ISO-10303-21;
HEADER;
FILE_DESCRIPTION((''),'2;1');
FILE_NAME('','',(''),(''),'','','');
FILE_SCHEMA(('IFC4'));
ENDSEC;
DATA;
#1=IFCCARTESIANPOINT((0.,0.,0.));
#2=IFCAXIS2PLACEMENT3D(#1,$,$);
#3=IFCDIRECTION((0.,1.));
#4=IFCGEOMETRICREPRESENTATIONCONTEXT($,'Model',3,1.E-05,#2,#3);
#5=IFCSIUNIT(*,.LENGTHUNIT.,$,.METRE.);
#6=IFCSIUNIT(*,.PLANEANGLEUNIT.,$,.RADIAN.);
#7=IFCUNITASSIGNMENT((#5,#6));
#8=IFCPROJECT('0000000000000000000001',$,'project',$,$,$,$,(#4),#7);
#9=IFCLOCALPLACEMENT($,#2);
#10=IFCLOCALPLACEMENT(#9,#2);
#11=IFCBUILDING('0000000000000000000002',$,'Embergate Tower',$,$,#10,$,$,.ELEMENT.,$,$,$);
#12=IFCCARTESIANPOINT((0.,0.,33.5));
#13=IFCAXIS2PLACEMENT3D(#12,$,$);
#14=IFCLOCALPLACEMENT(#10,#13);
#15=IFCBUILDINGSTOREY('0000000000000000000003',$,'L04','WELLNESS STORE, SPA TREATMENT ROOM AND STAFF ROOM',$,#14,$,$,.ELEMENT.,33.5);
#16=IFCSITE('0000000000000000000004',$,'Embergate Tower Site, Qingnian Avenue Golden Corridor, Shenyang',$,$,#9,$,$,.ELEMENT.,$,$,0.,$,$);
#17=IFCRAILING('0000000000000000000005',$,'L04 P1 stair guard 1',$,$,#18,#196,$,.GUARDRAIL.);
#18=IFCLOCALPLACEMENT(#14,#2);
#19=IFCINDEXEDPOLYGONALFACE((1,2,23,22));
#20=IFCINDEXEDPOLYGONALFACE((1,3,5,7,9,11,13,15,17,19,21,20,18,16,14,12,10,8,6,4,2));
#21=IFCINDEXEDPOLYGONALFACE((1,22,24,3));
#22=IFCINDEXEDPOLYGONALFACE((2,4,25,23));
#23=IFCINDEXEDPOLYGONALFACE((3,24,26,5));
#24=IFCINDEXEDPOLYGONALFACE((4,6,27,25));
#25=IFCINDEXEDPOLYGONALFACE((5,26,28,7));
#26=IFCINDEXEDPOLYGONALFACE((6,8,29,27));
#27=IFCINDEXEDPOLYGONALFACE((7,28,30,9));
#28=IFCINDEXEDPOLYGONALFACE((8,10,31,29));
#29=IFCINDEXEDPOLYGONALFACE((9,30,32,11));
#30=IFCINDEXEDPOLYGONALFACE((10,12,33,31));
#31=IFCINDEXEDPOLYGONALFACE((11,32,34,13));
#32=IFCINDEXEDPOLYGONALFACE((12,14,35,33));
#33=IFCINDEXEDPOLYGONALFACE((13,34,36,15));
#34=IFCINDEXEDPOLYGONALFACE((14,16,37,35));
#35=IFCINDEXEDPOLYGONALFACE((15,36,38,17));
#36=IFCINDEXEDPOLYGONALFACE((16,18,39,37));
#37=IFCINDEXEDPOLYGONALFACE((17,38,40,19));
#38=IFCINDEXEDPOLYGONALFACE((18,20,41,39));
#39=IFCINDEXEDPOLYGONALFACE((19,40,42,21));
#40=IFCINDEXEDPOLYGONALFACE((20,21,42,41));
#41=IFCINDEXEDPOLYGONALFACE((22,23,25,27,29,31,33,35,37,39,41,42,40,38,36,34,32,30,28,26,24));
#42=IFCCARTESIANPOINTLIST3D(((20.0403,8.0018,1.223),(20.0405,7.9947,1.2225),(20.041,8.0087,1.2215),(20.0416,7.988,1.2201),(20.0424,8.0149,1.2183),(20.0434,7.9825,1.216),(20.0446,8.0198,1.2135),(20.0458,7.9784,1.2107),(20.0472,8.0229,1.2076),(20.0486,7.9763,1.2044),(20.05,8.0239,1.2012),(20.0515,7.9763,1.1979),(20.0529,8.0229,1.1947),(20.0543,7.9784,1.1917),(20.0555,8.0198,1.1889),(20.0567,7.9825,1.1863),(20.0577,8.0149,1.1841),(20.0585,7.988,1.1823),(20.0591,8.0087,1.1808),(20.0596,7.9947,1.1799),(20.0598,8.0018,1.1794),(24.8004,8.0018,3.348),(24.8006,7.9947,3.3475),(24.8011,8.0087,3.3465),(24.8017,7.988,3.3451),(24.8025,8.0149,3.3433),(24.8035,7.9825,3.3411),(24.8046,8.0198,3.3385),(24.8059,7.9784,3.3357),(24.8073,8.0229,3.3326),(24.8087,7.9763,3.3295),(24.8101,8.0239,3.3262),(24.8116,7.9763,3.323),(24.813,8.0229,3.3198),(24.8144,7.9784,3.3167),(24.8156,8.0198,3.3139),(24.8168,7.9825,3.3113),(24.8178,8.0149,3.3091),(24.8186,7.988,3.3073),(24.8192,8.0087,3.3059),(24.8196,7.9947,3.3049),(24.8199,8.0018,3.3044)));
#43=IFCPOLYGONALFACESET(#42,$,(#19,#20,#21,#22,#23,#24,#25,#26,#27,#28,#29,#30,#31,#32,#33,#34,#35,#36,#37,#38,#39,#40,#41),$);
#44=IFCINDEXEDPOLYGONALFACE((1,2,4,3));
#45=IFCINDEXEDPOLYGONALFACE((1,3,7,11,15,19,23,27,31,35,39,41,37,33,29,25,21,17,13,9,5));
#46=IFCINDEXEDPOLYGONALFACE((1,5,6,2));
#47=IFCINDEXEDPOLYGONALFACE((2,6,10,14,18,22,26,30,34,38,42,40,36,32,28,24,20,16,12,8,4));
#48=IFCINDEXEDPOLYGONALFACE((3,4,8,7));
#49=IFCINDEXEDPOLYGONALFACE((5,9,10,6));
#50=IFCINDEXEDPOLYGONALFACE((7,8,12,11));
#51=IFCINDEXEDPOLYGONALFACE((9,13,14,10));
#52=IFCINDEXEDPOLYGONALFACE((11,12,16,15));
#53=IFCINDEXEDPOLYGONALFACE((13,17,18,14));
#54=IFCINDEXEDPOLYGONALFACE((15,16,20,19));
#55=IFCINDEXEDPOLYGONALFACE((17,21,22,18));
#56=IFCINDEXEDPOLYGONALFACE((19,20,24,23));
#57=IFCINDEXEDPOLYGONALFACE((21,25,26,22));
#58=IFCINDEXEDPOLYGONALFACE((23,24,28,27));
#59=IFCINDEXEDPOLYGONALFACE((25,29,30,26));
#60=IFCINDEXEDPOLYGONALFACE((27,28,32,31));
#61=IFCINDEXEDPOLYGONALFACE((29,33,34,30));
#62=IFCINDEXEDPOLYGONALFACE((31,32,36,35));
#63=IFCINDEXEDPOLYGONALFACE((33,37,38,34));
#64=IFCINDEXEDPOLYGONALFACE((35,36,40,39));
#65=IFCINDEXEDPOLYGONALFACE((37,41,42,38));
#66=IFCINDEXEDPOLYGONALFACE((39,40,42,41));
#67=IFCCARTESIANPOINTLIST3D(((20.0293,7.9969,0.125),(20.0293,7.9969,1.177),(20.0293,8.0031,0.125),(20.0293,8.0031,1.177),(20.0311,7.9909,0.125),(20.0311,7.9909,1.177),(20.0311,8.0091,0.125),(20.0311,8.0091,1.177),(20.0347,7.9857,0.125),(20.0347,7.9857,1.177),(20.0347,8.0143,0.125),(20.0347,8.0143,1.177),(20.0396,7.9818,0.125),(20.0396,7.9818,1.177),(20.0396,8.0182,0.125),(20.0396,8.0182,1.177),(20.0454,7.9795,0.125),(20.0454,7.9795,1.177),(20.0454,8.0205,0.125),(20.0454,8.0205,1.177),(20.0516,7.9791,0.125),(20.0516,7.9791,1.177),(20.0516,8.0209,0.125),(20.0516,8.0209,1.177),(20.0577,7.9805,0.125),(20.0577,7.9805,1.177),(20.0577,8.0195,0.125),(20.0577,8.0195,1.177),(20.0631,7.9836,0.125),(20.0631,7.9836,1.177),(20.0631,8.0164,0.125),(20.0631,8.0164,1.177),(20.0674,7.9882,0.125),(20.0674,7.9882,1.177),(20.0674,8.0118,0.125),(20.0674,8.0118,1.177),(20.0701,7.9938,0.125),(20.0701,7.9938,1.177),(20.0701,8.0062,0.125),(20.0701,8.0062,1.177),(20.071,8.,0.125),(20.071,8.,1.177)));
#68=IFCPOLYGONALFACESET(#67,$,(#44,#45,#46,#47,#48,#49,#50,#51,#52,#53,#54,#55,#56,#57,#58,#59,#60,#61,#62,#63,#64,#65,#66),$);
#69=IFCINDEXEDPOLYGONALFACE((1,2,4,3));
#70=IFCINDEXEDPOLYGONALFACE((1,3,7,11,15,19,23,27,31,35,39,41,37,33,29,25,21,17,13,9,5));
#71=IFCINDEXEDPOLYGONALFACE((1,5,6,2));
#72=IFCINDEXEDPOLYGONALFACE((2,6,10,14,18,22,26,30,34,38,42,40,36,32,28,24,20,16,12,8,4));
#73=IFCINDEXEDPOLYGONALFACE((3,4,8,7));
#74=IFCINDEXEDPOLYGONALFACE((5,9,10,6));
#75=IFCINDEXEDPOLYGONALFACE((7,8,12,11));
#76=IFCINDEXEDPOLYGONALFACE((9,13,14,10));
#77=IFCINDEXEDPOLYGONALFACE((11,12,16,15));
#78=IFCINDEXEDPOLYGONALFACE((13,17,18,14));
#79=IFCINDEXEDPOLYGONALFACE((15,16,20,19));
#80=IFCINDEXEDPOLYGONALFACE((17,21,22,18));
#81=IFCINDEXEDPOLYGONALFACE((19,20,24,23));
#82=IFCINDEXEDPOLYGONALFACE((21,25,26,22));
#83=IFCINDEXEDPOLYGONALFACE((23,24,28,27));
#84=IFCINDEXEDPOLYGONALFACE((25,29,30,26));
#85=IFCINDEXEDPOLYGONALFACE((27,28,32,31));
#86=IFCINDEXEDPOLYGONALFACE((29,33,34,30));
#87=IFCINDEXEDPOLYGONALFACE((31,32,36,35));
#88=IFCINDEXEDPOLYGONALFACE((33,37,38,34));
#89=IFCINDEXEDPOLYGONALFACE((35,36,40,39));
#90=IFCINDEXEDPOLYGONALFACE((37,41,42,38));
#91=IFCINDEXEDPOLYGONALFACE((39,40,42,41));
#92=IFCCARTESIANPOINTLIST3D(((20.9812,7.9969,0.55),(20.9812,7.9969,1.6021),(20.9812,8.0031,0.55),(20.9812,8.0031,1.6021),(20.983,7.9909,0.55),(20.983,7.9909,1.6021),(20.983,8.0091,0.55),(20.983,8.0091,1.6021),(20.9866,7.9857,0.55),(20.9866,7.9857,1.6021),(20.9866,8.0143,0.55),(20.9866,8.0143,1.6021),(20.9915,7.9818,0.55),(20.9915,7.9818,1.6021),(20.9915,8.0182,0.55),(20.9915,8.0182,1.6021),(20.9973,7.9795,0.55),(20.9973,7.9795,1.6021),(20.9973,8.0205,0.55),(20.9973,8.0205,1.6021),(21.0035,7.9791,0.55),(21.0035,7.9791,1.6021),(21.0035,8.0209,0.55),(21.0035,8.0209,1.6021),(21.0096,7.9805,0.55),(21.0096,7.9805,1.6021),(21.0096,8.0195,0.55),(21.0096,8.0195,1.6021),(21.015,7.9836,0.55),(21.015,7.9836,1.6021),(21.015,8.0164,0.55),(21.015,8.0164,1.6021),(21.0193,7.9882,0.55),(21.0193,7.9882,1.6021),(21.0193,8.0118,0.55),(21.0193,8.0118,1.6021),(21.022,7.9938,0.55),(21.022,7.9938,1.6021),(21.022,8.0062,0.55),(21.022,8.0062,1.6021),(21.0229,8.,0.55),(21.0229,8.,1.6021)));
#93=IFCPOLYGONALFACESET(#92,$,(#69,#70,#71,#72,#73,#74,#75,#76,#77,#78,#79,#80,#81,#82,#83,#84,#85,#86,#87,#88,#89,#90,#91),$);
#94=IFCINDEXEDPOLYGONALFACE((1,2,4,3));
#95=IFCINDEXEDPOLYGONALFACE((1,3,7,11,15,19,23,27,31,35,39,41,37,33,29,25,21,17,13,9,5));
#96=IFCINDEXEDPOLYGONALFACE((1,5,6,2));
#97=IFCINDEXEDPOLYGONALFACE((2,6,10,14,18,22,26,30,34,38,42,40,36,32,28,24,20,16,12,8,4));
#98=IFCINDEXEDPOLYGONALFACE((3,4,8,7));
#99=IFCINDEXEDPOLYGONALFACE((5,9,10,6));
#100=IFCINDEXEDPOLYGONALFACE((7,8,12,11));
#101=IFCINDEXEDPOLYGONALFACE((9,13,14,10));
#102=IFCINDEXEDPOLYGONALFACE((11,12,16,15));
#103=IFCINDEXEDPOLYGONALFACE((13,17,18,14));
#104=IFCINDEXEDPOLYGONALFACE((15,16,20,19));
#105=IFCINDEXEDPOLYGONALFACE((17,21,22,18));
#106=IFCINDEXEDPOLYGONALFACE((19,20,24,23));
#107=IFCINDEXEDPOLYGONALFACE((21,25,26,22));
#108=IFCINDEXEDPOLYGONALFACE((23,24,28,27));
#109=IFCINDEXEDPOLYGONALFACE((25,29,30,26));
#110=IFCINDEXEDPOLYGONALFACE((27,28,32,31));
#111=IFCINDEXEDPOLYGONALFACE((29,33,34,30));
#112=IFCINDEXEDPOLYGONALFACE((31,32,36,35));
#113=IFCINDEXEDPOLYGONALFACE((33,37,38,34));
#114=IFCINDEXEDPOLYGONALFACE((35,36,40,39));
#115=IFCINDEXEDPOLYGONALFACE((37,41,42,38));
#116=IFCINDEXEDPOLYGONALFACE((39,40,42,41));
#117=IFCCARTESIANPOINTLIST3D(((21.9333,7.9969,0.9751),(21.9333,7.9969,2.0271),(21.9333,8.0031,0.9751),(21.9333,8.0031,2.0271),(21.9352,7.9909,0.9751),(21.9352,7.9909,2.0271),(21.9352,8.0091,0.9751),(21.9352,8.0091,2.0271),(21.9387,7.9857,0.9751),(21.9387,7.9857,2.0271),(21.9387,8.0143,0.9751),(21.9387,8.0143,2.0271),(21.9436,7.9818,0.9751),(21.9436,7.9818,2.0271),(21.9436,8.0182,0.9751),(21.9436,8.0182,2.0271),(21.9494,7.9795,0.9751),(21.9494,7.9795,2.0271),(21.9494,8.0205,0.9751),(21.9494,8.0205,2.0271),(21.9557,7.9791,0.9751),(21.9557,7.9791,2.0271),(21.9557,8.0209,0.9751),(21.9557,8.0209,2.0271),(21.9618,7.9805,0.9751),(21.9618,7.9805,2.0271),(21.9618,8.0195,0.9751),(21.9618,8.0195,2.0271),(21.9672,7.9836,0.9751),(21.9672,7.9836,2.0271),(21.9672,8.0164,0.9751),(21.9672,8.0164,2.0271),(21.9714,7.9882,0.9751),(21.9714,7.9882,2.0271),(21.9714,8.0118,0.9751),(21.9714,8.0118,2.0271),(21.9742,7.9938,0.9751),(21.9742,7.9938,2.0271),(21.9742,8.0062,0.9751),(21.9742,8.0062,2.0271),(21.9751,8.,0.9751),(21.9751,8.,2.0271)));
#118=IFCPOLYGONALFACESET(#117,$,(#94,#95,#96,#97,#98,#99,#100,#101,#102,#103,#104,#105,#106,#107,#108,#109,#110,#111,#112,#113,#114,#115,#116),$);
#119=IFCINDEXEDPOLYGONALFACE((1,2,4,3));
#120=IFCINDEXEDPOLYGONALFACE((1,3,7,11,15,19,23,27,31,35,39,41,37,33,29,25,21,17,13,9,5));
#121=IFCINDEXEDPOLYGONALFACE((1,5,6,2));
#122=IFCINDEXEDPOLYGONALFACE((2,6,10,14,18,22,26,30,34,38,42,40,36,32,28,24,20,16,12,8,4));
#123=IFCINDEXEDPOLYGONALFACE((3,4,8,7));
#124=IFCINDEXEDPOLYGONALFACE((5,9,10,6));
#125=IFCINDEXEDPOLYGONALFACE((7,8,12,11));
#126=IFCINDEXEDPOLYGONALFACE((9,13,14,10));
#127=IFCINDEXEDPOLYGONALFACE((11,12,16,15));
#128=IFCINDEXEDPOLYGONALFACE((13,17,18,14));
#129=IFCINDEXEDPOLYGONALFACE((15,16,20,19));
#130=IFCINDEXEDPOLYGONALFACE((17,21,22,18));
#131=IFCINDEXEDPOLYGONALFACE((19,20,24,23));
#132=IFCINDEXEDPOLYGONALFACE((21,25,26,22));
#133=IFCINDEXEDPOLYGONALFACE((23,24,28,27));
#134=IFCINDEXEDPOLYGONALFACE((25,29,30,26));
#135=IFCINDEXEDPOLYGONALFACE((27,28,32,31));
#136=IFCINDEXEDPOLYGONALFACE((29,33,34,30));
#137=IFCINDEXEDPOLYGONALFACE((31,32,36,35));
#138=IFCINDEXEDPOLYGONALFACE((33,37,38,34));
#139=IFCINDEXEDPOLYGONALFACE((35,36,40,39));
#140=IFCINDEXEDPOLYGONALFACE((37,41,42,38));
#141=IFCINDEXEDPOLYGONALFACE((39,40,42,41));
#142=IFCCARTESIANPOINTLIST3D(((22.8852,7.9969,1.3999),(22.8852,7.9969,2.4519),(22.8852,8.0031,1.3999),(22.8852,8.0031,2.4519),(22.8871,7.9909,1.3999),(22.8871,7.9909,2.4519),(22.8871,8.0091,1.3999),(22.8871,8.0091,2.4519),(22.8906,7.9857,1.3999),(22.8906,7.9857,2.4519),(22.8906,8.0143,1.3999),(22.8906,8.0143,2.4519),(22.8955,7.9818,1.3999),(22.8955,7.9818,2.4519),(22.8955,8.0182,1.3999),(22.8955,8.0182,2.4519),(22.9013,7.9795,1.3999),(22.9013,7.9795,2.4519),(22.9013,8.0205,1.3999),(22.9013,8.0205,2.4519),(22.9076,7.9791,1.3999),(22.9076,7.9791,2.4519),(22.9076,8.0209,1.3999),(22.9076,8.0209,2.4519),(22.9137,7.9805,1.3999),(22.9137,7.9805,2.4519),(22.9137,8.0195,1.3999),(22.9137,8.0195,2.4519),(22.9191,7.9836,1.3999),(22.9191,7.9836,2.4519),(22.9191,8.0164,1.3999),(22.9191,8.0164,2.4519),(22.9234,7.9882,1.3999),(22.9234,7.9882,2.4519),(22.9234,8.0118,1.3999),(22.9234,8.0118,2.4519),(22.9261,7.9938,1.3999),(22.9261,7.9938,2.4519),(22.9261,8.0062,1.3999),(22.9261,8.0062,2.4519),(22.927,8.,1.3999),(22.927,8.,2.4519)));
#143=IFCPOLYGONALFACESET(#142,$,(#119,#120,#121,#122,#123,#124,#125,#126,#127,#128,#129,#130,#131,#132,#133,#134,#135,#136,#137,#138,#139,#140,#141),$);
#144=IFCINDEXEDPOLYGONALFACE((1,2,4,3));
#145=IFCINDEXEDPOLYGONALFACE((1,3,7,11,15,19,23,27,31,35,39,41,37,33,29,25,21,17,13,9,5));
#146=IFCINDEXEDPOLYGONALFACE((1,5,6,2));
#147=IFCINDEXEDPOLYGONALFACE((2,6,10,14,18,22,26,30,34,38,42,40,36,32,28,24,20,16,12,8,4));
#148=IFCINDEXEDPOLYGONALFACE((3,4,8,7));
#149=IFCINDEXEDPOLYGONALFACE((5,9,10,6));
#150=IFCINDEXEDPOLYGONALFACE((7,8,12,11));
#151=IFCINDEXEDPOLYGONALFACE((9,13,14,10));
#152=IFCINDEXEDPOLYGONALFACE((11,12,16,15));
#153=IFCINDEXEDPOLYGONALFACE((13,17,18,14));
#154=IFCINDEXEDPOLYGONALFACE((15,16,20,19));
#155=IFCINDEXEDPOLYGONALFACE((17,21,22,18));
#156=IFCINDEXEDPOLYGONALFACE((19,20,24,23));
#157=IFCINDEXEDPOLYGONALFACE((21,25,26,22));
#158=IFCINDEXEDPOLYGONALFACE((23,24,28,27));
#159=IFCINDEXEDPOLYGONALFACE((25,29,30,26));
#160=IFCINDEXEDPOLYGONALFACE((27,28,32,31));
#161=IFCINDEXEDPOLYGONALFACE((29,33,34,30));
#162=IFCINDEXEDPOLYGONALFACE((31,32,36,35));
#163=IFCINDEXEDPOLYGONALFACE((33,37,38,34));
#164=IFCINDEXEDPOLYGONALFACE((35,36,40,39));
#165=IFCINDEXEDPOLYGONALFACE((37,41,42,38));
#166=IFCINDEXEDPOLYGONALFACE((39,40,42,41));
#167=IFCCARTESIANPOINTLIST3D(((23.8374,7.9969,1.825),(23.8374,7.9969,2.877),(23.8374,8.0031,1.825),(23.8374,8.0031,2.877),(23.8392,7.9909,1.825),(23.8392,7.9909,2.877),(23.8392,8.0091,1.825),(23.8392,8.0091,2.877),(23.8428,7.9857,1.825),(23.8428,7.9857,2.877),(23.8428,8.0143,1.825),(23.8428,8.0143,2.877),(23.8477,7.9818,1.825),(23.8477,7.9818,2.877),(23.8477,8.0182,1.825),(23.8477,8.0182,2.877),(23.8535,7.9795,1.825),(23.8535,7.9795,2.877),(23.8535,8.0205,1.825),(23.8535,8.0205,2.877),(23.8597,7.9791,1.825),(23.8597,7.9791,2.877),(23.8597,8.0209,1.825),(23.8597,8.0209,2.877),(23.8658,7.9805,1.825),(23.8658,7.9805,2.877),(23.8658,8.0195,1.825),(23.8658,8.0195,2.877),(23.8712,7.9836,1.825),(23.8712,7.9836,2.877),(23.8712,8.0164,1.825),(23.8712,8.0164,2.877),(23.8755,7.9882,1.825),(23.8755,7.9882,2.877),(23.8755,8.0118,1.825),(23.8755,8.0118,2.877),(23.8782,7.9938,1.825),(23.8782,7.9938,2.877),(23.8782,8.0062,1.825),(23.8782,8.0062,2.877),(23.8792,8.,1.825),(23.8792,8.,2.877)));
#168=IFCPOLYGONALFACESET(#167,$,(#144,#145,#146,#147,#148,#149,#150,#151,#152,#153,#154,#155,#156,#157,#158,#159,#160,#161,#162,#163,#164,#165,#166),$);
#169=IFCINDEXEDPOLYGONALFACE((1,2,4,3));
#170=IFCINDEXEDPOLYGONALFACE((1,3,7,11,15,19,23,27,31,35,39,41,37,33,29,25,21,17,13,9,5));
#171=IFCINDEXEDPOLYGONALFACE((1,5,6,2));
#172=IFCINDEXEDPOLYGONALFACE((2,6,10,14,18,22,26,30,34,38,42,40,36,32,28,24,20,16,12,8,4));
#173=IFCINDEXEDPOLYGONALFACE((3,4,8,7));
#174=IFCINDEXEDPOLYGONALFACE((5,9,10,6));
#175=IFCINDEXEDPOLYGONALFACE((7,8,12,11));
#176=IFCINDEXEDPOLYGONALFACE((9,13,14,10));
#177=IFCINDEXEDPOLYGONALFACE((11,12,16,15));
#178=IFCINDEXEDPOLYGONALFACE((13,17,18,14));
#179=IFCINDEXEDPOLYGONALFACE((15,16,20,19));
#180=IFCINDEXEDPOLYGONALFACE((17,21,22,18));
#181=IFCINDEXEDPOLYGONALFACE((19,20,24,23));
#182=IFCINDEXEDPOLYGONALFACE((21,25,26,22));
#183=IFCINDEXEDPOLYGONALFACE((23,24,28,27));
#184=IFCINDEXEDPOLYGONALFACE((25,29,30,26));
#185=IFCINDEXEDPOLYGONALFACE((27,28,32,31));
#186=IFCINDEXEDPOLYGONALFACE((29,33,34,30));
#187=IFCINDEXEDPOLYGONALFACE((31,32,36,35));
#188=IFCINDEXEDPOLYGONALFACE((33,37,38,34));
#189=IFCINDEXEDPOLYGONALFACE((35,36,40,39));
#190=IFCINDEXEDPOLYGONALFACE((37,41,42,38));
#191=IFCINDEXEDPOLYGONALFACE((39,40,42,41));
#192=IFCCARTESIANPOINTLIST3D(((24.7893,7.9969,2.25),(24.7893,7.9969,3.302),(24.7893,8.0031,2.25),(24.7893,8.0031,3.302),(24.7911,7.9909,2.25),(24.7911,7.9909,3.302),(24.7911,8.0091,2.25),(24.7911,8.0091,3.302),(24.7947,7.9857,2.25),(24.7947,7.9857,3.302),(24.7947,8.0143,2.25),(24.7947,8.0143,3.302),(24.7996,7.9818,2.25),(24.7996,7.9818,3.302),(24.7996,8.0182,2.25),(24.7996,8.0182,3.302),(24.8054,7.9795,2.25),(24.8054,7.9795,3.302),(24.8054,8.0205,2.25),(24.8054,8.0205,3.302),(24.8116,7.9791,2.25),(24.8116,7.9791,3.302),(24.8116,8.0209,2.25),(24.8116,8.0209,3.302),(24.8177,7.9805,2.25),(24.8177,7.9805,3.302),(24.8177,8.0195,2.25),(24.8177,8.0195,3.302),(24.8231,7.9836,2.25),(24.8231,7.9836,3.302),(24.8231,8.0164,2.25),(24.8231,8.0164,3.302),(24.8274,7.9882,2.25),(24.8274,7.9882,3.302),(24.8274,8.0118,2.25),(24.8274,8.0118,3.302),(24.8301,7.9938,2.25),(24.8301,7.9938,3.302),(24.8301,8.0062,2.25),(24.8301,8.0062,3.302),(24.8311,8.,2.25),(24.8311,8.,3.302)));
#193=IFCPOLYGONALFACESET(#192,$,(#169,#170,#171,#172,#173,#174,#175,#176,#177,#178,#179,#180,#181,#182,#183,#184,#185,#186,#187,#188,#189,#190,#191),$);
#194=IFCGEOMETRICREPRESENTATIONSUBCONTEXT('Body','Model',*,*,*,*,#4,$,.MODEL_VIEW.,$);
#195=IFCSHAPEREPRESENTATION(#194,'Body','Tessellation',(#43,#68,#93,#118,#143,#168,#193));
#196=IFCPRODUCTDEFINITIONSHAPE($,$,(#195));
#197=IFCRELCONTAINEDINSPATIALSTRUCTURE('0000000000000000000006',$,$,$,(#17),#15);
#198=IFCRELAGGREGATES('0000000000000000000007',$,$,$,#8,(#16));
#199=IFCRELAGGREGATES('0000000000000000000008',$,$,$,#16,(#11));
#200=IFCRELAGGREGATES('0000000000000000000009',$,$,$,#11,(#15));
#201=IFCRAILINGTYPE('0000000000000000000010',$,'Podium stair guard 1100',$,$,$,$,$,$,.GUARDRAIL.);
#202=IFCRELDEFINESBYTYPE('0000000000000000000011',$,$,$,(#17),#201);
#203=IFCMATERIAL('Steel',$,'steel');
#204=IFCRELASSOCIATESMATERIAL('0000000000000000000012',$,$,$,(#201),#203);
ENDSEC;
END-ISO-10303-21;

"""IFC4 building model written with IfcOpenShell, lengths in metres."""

from ifc_helpers import new_model, si_unit, direction, frame, origin, origin_2d, place, context, subcontext, project, spatial, circle, extrude, source, transform, mapped, material, type_object, element, save


model = new_model("IFC4")

# Units and contexts
model_context = context("Model", 3, precision=1e-05, world=origin(), true_north=direction((0.0, 1.0)))
body_context = subcontext(model_context, "Body", "Model", "MODEL_VIEW")
ifc_project = project(units=[si_unit("LENGTHUNIT", "METRE"), si_unit("PLANEANGLEUNIT", "RADIAN")], contexts=[model_context])

# Site, building, storey
site_placement = place(None, origin())
site = spatial("IfcSite", under=ifc_project, at=site_placement, Name="Embergate Tower Site, Qingnian Avenue Golden Corridor, Shenyang", CompositionType="ELEMENT", RefElevation=0.0)
building_placement = place(site_placement, origin())
building = spatial("IfcBuilding", under=site, at=building_placement, Name="Embergate Tower", CompositionType="ELEMENT")
storey_placement = place(building_placement, frame((0.0, 0.0, 33.5)))
storey = spatial("IfcBuildingStorey", under=building, at=storey_placement, Name="L04", Description="WELLNESS STORE, SPA TREATMENT ROOM AND STAFF ROOM", CompositionType="ELEMENT", Elevation=33.5)

# Railing
ifc_material_1 = material(Name="Steel", Category="steel")
railing_type_1 = type_object("IfcRailingType", Name="Podium stair guard 1100", PredefinedType="GUARDRAIL", material=ifc_material_1)
shared_shape_1 = source(origin(), body_context, "Body", "SweptSolid", [
    extrude(circle(Radius=0.0239, at=origin_2d()), frame((0.0, 0.0, 1.0762), z_axis=(0.913138, 0.0, 0.40765), x_axis=(0.0, 1.0, 0.0)), (0.0, 0.0, 1.0), 5.2129),
    extrude(circle(Radius=0.021, at=origin_2d()), origin(), (0.0, 0.0, 1.0), 1.052),
    extrude(circle(Radius=0.021, at=origin_2d()), frame((0.9519, 0.0, 0.425)), (0.0, 0.0, 1.0), 1.052),
    extrude(circle(Radius=0.021, at=origin_2d()), frame((1.9041, 0.0, 0.8501)), (0.0, 0.0, 1.0), 1.052),
    extrude(circle(Radius=0.021, at=origin_2d()), frame((2.856, 0.0, 1.2749)), (0.0, 0.0, 1.0), 1.052),
    extrude(circle(Radius=0.021, at=origin_2d()), frame((3.8081, 0.0, 1.7)), (0.0, 0.0, 1.0), 1.052),
    extrude(circle(Radius=0.021, at=origin_2d()), frame((4.76, 0.0, 2.125)), (0.0, 0.0, 1.0), 1.052),
])
railing_1_placement = place(storey_placement, frame((20.05, 8.0, 0.125)))
element("IfcRailing", 1, at=railing_1_placement, inside=storey, type_object=railing_type_1, Name="L04 P1 stair guard 1", PredefinedType="GUARDRAIL", context=body_context, shape_type="MappedRepresentation", body=[
    mapped(shared_shape_1, transform((0.0, 0.0, 0.0))),
])

save(model, "model.ifc")
